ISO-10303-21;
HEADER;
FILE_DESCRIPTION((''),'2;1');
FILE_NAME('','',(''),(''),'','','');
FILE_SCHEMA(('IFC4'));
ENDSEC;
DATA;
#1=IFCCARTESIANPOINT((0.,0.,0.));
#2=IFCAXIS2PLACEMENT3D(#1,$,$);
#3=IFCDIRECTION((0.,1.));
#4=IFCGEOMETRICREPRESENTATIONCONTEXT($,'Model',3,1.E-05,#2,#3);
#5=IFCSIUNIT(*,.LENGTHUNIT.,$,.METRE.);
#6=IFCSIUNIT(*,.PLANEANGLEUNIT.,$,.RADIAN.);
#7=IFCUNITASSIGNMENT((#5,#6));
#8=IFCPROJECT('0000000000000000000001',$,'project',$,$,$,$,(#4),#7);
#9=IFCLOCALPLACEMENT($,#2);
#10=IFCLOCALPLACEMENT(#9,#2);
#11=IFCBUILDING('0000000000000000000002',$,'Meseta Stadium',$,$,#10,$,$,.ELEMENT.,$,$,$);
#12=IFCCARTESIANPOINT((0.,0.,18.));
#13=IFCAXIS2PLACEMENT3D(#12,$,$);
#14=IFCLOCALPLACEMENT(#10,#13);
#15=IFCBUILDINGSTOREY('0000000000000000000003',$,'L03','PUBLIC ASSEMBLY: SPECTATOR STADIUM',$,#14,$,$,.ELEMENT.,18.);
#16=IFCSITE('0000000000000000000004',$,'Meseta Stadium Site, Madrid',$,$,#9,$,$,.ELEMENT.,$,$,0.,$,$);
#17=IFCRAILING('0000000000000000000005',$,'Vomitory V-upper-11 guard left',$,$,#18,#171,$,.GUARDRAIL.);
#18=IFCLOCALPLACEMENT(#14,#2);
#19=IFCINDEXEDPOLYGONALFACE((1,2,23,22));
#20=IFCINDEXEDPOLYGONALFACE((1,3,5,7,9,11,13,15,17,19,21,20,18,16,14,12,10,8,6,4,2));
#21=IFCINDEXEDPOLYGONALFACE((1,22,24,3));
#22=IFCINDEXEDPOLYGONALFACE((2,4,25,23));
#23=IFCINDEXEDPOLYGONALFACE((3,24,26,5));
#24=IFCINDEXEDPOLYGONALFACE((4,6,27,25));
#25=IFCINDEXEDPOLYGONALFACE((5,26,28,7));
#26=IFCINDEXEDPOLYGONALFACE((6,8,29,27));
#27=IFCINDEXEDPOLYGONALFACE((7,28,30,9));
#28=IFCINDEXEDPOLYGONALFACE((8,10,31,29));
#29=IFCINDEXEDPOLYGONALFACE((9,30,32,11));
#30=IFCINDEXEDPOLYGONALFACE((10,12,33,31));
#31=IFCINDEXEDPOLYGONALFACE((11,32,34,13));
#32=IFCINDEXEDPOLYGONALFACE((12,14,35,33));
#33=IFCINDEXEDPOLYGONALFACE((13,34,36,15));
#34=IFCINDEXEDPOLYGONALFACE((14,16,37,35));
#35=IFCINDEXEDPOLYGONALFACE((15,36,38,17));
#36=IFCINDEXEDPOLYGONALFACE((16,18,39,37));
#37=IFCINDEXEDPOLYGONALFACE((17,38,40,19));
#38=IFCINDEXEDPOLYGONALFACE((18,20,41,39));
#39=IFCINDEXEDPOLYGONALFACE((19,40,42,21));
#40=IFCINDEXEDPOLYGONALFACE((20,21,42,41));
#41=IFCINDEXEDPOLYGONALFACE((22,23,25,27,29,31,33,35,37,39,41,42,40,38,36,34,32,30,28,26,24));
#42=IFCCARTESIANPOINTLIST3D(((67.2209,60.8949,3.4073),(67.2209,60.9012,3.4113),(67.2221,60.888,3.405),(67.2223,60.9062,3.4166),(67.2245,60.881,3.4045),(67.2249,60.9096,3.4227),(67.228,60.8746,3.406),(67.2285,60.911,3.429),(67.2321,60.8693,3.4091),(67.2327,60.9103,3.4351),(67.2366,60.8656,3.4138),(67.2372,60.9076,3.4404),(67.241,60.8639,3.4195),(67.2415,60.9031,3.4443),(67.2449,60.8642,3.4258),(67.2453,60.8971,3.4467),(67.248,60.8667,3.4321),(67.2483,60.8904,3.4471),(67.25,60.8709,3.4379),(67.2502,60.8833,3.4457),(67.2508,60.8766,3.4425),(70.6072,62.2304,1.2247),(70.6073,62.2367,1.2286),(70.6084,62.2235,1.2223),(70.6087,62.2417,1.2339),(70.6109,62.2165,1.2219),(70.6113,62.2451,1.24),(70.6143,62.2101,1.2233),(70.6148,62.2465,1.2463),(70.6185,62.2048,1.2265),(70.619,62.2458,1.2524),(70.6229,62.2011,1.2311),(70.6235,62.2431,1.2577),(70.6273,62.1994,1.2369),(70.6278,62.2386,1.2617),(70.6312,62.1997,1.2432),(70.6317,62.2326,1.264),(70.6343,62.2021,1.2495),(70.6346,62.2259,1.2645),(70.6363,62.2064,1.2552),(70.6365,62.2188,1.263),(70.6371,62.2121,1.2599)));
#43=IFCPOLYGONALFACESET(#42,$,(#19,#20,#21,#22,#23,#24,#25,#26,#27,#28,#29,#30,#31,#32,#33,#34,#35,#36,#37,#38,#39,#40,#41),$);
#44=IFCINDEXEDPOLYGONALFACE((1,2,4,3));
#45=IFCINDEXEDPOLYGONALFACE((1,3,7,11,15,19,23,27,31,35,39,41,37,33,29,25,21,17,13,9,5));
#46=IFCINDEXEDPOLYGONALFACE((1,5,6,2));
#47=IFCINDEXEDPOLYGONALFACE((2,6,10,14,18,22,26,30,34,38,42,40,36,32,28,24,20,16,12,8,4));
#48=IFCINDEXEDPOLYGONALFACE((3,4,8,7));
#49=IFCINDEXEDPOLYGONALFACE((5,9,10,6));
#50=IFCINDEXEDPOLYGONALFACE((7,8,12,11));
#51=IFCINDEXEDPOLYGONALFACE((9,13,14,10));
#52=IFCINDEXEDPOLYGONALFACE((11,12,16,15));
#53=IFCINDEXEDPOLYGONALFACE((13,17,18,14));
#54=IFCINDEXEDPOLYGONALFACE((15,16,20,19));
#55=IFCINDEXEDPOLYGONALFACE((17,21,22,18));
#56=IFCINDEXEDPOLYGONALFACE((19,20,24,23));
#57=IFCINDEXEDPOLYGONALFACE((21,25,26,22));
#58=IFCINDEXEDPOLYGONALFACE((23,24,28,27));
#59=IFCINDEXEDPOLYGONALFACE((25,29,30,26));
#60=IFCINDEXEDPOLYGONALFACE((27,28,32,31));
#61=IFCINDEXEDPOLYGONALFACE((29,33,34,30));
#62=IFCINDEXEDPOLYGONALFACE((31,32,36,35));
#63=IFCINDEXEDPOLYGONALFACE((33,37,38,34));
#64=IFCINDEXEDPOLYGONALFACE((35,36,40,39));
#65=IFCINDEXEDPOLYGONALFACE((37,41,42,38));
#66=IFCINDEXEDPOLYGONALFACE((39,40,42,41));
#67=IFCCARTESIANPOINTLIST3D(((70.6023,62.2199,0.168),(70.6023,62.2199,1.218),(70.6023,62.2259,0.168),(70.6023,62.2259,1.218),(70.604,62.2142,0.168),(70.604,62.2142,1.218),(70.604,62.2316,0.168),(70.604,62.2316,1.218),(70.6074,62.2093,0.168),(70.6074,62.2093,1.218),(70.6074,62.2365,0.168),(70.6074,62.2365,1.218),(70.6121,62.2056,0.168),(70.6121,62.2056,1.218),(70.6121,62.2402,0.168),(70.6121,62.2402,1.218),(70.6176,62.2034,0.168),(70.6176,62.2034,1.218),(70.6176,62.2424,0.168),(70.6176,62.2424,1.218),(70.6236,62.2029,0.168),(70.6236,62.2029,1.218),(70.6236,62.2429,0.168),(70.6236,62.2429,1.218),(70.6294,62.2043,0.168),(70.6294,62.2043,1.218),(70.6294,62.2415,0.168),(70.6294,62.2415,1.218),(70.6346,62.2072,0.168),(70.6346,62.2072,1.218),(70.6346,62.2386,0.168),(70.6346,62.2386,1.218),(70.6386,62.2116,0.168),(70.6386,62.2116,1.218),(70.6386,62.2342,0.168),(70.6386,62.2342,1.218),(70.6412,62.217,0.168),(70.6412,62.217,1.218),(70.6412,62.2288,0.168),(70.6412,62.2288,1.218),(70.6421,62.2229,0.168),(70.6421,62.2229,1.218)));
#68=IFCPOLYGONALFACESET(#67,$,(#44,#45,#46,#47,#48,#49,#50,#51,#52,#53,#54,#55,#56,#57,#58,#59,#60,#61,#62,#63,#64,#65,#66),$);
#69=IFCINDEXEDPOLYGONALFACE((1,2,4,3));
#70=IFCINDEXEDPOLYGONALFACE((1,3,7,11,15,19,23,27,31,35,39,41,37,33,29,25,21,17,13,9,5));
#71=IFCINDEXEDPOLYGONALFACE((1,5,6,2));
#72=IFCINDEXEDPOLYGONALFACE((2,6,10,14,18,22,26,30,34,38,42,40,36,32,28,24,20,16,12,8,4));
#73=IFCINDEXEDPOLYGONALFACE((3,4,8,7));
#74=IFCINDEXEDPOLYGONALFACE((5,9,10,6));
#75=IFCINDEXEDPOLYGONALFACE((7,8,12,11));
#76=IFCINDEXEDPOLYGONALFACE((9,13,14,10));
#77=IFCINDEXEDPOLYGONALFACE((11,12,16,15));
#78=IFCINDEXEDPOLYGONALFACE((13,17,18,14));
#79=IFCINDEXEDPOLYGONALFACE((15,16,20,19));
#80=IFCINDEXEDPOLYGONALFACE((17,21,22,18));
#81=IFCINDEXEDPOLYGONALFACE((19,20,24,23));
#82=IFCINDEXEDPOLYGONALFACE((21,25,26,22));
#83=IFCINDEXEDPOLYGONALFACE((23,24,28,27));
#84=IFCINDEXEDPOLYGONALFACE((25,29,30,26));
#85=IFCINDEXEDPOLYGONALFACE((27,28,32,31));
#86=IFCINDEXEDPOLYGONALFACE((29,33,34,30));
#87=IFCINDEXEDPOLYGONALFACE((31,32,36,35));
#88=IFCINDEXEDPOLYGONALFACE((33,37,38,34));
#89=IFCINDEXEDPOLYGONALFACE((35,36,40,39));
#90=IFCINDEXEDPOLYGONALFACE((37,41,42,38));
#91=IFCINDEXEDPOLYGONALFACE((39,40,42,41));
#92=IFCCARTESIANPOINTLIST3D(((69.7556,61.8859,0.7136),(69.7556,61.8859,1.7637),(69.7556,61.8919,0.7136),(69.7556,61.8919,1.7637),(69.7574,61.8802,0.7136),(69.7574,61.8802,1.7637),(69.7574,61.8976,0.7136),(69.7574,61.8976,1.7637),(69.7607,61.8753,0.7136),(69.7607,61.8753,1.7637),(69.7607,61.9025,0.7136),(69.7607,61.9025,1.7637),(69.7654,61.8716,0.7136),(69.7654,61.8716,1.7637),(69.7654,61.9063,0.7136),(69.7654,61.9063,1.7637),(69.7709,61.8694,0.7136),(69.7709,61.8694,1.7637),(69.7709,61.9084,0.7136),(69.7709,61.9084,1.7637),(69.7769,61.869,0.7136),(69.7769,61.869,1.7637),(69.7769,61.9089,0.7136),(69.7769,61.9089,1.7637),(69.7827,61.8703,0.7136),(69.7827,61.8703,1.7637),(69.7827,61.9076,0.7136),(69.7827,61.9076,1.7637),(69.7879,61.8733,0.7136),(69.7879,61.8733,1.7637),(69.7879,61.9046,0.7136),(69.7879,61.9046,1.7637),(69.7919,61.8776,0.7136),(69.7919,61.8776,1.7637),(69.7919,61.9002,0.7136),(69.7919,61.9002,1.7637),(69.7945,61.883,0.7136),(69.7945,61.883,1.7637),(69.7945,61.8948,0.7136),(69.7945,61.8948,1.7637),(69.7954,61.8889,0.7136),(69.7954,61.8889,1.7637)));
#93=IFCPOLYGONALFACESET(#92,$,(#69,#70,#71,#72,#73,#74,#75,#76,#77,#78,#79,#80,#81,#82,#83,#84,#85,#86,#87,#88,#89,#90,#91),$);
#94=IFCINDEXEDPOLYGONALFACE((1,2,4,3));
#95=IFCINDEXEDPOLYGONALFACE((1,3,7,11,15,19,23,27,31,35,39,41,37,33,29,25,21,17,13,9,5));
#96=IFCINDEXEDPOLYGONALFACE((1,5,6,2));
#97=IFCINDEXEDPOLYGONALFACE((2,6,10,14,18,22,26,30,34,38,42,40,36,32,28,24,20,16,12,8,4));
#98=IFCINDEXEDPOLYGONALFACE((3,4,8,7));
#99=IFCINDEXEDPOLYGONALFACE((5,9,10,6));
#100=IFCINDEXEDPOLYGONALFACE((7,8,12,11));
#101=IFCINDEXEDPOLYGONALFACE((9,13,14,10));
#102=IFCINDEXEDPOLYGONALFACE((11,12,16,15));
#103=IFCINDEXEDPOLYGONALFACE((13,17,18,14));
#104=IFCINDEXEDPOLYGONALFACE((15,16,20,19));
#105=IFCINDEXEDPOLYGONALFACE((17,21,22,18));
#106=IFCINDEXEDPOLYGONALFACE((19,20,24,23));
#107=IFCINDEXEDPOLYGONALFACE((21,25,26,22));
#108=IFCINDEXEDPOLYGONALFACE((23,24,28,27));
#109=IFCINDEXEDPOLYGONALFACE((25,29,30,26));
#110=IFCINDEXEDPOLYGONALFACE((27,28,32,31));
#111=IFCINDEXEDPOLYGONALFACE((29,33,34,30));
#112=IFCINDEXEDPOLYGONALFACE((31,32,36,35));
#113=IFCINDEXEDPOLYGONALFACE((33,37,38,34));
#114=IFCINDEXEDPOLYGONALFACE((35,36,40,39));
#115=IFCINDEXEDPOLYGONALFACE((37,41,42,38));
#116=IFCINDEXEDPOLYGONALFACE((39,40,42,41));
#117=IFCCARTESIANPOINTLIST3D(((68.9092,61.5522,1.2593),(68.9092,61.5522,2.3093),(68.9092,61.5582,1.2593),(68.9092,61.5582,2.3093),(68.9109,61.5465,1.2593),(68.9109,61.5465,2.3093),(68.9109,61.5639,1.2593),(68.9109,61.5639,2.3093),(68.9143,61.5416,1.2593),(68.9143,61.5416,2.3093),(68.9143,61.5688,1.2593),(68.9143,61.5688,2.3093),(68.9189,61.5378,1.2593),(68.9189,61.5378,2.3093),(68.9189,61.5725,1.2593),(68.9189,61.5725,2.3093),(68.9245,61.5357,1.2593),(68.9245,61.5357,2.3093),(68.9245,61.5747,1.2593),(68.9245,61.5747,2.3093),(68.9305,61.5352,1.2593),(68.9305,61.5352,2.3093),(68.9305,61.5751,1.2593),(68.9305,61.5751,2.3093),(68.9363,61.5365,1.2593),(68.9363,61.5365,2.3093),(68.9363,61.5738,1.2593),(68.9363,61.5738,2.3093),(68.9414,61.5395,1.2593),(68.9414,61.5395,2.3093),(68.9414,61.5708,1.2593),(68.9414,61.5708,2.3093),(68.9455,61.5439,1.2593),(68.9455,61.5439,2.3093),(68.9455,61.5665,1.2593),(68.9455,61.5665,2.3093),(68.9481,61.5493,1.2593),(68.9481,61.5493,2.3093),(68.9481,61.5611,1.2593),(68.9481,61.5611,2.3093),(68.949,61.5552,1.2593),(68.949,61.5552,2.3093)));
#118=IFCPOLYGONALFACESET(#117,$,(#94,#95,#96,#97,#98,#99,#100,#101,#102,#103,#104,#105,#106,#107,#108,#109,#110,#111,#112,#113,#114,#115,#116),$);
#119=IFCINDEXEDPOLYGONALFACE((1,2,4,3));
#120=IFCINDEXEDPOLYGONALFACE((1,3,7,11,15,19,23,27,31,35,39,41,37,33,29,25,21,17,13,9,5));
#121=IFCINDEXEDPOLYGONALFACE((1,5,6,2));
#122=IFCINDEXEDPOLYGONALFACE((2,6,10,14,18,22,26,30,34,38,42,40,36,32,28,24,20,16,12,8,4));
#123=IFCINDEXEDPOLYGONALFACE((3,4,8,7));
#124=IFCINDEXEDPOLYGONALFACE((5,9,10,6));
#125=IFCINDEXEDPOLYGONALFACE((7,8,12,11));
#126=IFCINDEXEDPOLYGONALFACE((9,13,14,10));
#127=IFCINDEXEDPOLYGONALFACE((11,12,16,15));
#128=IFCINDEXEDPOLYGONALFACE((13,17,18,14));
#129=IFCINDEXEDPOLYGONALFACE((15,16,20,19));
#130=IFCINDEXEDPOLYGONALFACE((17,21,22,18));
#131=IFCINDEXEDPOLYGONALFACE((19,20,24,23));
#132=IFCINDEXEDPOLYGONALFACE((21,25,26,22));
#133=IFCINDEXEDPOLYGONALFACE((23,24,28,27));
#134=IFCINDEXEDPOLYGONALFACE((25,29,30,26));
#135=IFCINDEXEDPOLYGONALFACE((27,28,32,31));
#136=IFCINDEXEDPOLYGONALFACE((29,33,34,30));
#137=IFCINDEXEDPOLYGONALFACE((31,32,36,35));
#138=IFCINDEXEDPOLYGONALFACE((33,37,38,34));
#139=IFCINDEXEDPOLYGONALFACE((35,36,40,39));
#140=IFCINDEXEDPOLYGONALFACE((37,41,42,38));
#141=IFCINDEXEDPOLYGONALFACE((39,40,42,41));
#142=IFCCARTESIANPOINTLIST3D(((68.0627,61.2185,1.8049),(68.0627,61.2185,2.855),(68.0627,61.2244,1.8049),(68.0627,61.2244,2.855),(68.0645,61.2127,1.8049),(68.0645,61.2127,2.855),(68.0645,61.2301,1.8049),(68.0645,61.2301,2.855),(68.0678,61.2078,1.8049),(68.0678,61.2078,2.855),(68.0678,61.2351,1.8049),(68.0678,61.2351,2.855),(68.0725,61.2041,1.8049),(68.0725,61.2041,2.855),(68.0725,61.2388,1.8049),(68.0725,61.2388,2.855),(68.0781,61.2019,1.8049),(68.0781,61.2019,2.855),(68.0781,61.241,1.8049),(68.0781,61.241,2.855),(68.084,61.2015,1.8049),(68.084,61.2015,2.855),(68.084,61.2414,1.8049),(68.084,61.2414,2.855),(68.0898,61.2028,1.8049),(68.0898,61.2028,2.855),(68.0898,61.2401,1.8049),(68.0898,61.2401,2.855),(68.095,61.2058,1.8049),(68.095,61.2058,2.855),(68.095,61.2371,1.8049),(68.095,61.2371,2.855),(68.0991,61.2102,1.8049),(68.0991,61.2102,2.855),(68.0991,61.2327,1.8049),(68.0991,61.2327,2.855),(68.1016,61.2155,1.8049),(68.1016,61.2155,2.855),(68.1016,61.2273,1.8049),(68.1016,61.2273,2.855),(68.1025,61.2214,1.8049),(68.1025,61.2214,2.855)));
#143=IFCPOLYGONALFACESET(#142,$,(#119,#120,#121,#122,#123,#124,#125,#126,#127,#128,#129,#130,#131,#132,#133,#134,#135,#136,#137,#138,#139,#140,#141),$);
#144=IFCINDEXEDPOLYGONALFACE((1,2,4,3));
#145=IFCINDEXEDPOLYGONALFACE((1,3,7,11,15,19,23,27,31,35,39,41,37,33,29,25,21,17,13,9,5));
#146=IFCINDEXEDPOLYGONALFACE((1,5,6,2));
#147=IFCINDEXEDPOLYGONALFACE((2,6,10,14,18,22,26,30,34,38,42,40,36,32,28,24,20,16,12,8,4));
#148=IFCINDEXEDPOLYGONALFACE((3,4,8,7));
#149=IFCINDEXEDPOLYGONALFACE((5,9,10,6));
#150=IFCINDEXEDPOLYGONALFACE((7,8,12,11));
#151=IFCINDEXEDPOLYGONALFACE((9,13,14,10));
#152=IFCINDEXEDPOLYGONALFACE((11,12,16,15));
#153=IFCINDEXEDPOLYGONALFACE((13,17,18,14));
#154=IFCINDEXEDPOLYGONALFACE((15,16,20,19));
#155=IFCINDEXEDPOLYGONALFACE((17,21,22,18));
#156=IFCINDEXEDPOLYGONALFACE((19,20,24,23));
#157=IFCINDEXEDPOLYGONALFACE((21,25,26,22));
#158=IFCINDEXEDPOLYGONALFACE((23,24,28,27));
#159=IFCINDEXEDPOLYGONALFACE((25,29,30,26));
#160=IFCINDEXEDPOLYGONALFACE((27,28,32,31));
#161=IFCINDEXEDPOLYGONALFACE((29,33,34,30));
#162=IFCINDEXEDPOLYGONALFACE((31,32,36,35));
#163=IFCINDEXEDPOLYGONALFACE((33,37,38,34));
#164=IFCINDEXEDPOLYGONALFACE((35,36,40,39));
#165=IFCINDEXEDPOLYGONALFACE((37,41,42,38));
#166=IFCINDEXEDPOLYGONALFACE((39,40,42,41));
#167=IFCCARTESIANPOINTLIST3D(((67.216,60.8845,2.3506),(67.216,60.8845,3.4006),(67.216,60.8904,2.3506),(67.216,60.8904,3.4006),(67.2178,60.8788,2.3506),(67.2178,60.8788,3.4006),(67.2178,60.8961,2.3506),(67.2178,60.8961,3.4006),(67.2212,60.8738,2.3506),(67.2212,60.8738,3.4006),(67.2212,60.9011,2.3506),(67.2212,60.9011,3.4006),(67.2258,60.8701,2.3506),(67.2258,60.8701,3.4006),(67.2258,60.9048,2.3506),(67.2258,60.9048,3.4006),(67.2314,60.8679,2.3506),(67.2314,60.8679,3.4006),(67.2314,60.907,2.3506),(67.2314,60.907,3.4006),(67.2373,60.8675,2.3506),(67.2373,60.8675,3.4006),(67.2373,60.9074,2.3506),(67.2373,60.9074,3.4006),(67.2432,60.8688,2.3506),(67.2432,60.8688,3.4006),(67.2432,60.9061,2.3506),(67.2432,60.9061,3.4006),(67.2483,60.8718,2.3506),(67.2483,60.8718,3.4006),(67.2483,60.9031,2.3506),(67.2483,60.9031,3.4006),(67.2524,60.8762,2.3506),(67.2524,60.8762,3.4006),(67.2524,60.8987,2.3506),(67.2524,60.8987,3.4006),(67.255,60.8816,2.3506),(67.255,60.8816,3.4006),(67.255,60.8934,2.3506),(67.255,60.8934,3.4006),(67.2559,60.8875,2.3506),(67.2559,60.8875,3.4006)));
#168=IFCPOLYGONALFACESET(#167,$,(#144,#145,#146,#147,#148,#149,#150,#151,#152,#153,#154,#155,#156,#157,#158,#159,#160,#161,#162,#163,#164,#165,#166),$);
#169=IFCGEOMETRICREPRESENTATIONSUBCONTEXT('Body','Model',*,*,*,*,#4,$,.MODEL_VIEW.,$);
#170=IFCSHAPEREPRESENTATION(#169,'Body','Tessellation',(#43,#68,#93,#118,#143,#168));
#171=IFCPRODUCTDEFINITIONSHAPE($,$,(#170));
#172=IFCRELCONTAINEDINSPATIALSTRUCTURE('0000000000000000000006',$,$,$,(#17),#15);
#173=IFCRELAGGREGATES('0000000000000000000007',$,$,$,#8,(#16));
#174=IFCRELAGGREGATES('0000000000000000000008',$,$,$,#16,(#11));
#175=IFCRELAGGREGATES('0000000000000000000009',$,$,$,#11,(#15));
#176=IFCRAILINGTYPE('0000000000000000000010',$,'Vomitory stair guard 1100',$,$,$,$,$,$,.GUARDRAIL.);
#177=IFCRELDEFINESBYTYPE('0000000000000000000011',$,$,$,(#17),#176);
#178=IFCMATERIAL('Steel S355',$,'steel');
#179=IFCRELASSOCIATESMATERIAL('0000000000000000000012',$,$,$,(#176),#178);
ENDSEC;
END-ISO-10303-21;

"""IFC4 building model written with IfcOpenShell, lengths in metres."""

from ifc_helpers import new_model, si_unit, direction, frame, origin, origin_2d, place, context, subcontext, project, spatial, circle, extrude, material, type_object, element, save


model = new_model("IFC4")

# Units and contexts
model_context = context("Model", 3, precision=1e-05, world=origin(), true_north=direction((0.0, 1.0)))
body_context = subcontext(model_context, "Body", "Model", "MODEL_VIEW")
ifc_project = project(units=[si_unit("LENGTHUNIT", "METRE"), si_unit("PLANEANGLEUNIT", "RADIAN")], contexts=[model_context])

# Site, building, storey
site_placement = place(None, origin())
site = spatial("IfcSite", under=ifc_project, at=site_placement, Name="Meseta Stadium Site, Madrid", CompositionType="ELEMENT", RefElevation=0.0)
building_placement = place(site_placement, origin())
building = spatial("IfcBuilding", under=site, at=building_placement, Name="Meseta Stadium", CompositionType="ELEMENT")
storey_placement = place(building_placement, frame((0.0, 0.0, 18.0)))
storey = spatial("IfcBuildingStorey", under=building, at=storey_placement, Name="L03", Description="PUBLIC ASSEMBLY: SPECTATOR STADIUM", CompositionType="ELEMENT", Elevation=18.0)

# Railing
ifc_material_1 = material(Name="Steel S355", Category="steel")
railing_type_1 = type_object("IfcRailingType", Name="Vomitory stair guard 1100", PredefinedType="GUARDRAIL", material=ifc_material_1)
for number, where, name in (
    (1, (70.6221, 62.2229, 0.168), "Vomitory V-upper-11 guard left"),
):
    element("IfcRailing", number, at=place(storey_placement, frame(where)), inside=storey, type_object=railing_type_1, Name=name, PredefinedType="GUARDRAIL", context=body_context, shape_type="SweptSolid", body=[
        extrude(circle(Radius=0.0249, at=origin_2d()), frame((0.0, 0.0, 1.0752), z_axis=(-0.797836, -0.314648, 0.514251), x_axis=(0.366876, -0.93027, 0.0)), (0.0, 0.0, 1.0), 4.2444),
        extrude(circle(Radius=0.02, at=origin_2d()), origin(), (0.0, 0.0, 1.0), 1.05),
        extrude(circle(Radius=0.02, at=origin_2d()), frame((-0.8467, -0.334, 0.5457)), (0.0, 0.0, 1.0), 1.05),
        extrude(circle(Radius=0.02, at=origin_2d()), frame((-1.6931, -0.6677, 1.0913)), (0.0, 0.0, 1.0), 1.05),
        extrude(circle(Radius=0.02, at=origin_2d()), frame((-2.5396, -1.0015, 1.637)), (0.0, 0.0, 1.0), 1.05),
        extrude(circle(Radius=0.02, at=origin_2d()), frame((-3.3862, -1.3354, 2.1826)), (0.0, 0.0, 1.0), 1.05),
    ])

save(model, "model.ifc")
